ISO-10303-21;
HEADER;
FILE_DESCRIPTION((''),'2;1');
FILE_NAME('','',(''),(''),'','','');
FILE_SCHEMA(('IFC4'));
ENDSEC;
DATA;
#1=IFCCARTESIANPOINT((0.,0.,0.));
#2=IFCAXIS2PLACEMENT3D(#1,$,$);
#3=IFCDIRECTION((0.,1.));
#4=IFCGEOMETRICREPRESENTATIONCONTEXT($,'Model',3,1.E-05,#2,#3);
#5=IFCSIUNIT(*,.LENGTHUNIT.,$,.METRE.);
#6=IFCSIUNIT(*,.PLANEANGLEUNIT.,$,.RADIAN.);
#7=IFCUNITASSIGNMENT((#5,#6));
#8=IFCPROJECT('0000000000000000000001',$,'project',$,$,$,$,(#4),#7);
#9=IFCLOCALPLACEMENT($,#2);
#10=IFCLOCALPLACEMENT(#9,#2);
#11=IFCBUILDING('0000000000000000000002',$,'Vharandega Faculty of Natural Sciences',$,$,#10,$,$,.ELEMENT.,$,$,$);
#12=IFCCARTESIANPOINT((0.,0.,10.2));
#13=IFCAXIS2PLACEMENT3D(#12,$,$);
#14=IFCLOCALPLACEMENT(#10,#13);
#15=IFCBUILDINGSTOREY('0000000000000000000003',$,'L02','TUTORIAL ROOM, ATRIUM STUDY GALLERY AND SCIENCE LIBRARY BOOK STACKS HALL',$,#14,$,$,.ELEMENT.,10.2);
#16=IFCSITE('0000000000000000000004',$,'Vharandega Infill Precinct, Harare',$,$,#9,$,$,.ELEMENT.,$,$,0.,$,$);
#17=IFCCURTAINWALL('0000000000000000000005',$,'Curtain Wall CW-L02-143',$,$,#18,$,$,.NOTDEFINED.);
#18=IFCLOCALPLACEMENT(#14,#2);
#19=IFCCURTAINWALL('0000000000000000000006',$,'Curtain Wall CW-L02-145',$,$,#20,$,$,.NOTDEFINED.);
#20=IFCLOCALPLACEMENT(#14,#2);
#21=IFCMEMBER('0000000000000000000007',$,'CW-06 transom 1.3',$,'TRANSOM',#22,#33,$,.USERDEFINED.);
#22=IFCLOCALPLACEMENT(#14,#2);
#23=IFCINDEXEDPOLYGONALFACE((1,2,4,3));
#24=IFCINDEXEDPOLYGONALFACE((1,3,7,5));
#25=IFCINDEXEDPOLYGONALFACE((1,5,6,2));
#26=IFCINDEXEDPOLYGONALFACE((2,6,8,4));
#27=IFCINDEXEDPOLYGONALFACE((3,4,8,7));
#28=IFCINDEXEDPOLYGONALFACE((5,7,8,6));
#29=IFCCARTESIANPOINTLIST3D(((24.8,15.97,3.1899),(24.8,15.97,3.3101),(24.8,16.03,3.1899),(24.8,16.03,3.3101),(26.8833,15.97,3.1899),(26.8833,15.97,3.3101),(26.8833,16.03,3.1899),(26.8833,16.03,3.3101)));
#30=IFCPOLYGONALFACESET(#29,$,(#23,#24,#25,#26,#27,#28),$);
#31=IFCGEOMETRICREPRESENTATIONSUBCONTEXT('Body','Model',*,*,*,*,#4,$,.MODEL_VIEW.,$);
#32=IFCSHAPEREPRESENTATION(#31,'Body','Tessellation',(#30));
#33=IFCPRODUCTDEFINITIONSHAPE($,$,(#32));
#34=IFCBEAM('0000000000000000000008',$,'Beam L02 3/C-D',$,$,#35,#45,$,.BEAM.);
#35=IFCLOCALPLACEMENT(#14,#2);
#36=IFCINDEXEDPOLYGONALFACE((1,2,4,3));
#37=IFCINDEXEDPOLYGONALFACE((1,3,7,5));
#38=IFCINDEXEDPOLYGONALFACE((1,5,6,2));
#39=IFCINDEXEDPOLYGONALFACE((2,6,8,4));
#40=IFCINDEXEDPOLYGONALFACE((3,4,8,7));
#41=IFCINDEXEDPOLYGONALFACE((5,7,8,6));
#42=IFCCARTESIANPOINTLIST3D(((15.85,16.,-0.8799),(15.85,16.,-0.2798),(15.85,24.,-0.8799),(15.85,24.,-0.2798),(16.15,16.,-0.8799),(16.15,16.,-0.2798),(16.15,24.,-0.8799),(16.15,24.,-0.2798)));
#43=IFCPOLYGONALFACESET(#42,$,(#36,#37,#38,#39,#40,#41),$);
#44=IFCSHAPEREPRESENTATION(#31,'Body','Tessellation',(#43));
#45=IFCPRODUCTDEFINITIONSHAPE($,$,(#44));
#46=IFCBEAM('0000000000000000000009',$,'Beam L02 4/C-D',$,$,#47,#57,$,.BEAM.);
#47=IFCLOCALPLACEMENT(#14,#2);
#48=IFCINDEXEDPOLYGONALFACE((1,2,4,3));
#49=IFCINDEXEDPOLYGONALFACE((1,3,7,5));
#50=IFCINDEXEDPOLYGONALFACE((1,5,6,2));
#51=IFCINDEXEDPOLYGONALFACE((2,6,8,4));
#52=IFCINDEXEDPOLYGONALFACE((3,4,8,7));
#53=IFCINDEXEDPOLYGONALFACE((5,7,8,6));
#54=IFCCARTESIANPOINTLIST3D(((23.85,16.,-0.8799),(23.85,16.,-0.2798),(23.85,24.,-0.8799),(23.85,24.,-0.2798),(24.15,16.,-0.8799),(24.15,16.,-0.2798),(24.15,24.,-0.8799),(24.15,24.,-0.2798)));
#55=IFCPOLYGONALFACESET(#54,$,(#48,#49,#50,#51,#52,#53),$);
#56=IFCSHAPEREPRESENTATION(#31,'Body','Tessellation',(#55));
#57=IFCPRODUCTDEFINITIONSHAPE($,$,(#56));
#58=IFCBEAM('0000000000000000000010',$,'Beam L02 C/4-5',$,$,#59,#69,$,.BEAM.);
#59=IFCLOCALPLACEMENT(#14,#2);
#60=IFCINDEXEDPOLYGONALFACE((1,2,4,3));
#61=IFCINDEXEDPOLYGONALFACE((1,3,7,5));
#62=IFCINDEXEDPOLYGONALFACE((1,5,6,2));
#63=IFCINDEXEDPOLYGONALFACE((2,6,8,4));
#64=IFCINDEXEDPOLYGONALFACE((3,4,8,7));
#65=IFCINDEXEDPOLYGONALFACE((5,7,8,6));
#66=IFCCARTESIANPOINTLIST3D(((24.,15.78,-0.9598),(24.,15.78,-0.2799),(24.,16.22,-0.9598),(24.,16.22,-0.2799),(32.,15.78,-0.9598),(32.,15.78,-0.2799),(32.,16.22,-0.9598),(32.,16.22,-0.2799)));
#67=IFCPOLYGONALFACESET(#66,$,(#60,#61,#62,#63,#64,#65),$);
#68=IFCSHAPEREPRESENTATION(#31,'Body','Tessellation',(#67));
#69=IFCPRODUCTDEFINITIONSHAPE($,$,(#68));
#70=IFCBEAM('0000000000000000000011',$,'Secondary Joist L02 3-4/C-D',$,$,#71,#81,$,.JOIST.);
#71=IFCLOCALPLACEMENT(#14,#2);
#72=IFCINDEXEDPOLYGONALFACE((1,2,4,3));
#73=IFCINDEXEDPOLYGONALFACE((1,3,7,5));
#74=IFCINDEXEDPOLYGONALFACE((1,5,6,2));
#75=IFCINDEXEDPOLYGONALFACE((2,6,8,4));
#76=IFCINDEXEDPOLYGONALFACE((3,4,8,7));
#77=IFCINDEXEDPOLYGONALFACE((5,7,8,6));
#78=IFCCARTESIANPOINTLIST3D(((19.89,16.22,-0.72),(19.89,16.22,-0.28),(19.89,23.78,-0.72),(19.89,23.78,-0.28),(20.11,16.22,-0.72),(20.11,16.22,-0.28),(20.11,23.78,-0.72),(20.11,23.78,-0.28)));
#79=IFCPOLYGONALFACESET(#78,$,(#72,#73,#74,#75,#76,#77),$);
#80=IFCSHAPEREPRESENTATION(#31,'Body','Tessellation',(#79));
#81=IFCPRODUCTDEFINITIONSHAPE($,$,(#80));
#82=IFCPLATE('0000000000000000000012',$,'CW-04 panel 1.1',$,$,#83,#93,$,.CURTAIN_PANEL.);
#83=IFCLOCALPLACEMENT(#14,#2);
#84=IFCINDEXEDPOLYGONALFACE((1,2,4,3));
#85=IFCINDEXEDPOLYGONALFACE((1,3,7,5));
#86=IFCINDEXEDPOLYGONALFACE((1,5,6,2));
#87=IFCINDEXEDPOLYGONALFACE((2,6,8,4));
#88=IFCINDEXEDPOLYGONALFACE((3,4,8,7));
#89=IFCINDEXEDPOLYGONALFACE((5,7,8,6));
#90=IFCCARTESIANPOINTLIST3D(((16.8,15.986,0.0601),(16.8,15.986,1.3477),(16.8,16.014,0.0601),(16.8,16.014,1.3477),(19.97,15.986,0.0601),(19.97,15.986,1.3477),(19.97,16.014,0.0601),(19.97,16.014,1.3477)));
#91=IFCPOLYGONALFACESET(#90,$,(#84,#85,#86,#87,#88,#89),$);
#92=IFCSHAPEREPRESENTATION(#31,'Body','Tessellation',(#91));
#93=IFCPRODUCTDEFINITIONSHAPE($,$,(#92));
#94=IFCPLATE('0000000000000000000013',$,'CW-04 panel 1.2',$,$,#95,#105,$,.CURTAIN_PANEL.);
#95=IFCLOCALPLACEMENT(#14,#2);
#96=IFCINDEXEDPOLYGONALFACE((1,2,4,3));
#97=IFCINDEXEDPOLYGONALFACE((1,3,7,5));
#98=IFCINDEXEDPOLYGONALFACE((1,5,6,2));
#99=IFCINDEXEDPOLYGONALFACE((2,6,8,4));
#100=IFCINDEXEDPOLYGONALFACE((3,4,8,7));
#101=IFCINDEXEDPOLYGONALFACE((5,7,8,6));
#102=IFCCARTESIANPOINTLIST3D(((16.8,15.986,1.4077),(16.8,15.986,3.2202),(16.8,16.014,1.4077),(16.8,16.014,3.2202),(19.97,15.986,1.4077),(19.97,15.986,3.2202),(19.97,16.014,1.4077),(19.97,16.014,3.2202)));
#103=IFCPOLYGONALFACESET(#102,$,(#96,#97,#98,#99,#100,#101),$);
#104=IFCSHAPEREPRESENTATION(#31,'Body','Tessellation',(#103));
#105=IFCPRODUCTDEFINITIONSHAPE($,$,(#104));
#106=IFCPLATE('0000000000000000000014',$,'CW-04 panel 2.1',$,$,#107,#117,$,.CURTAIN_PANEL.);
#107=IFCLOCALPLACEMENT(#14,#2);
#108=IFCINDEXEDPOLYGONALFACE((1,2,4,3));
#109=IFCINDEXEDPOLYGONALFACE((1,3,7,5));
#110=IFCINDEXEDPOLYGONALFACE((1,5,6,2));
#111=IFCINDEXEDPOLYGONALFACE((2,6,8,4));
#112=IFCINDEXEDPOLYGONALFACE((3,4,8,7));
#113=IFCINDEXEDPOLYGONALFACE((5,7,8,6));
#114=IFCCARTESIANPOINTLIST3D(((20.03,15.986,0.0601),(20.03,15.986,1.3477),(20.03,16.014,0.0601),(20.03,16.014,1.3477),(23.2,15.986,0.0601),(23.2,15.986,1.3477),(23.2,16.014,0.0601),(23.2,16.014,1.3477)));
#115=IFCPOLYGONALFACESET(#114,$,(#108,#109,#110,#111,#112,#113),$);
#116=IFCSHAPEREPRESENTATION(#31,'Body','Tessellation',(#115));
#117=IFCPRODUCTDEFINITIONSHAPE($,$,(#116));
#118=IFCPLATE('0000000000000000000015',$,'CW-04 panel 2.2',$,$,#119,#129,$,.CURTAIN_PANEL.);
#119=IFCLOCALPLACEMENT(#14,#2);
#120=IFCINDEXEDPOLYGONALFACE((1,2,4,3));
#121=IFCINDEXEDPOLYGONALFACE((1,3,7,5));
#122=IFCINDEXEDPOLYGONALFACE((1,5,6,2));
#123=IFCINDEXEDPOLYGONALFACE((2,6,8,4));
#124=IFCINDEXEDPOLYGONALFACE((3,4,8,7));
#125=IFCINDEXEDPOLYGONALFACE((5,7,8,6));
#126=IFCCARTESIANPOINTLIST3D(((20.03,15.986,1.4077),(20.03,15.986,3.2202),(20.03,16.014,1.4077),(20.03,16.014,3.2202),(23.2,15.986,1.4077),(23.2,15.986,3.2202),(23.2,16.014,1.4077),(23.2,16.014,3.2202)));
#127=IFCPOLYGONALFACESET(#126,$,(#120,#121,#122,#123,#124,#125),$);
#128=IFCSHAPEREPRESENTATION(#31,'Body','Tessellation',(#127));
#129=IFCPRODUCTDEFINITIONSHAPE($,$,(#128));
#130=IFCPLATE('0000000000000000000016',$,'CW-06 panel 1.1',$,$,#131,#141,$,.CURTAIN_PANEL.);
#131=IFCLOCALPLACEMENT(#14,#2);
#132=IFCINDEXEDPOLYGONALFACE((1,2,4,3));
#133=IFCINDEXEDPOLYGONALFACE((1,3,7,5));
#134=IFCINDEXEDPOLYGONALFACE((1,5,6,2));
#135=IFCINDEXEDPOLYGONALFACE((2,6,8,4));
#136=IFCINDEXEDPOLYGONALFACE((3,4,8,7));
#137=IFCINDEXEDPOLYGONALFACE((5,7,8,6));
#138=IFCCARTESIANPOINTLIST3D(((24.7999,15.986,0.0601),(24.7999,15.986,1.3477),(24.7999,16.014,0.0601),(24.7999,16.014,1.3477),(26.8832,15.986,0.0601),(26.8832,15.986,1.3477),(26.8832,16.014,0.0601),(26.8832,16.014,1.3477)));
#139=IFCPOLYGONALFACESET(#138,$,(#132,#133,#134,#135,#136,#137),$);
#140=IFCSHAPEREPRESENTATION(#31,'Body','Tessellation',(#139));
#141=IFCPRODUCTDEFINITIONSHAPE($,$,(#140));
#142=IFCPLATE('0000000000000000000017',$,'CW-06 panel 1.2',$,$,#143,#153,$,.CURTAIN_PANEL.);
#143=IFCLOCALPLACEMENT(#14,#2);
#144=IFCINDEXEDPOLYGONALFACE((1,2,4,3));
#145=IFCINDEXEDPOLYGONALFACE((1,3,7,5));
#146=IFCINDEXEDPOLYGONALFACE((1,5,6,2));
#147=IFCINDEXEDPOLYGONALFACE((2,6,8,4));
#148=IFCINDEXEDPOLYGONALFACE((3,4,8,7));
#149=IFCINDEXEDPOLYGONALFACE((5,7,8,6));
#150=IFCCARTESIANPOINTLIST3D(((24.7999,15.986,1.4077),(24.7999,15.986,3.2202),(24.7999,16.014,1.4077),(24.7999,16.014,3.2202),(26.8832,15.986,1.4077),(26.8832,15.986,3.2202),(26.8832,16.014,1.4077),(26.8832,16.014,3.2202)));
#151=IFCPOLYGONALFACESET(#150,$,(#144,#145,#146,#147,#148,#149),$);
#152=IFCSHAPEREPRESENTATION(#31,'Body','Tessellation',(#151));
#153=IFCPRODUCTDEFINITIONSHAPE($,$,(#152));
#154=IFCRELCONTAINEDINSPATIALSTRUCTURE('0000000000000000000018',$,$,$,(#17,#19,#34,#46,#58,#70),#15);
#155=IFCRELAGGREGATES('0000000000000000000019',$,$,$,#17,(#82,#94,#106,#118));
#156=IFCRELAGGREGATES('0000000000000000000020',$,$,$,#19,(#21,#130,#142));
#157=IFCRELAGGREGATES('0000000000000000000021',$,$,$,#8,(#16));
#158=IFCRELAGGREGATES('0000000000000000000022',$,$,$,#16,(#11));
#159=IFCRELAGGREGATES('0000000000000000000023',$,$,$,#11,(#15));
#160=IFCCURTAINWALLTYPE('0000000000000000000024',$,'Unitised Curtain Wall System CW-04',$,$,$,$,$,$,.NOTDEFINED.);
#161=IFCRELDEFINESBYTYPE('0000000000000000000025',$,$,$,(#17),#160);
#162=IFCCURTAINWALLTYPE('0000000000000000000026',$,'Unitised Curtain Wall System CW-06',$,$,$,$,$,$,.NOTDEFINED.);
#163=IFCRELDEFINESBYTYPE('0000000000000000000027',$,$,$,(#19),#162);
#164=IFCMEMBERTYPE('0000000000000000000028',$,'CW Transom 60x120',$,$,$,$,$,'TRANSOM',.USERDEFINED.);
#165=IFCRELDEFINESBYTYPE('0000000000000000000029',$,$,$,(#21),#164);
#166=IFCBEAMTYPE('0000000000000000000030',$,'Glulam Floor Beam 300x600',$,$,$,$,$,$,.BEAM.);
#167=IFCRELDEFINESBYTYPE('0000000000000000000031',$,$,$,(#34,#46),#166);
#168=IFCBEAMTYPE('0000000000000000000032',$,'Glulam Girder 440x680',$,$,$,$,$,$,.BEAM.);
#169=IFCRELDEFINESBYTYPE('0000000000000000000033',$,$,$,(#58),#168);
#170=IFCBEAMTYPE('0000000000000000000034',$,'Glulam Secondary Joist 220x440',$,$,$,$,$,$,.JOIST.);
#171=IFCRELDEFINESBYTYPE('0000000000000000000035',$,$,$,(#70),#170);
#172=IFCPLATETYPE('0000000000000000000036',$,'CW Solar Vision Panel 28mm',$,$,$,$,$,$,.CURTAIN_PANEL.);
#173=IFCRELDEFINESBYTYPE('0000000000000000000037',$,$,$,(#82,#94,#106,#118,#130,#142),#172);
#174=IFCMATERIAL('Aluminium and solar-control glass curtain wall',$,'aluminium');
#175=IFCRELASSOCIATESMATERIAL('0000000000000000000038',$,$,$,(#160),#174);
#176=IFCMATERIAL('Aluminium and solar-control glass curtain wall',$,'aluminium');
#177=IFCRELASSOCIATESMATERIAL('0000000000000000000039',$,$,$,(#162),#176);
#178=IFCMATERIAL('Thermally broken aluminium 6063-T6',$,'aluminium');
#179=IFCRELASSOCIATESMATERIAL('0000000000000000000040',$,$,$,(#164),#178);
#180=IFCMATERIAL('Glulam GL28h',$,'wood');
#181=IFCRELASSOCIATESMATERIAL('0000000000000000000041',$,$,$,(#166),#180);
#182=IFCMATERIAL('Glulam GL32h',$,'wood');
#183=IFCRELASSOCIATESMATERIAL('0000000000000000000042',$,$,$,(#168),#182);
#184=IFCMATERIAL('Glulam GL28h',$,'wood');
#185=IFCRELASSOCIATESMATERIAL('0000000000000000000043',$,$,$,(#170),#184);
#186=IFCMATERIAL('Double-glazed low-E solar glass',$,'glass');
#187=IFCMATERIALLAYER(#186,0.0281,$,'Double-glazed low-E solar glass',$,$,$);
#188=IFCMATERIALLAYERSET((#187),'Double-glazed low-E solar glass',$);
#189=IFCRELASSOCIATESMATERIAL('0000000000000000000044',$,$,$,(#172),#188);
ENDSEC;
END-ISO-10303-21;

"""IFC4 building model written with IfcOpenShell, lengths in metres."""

from ifc_helpers import new_model, si_unit, direction, frame, origin, origin_2d, place, context, subcontext, project, spatial, rectangle, extrude, material, layer, layer_set, material_profile, profile_set, type_object, element, aggregate, save


model = new_model("IFC4")

# Units and contexts
model_context = context("Model", 3, precision=1e-05, world=origin(), true_north=direction((0.0, 1.0)))
body_context = subcontext(model_context, "Body", "Model", "MODEL_VIEW")
ifc_project = project(units=[si_unit("LENGTHUNIT", "METRE"), si_unit("PLANEANGLEUNIT", "RADIAN")], contexts=[model_context])

# Site, building, storey
site_placement = place(None, origin())
site = spatial("IfcSite", under=ifc_project, at=site_placement, Name="Vharandega Infill Precinct, Harare", CompositionType="ELEMENT", RefElevation=0.0)
building_placement = place(site_placement, origin())
building = spatial("IfcBuilding", under=site, at=building_placement, Name="Vharandega Faculty of Natural Sciences", CompositionType="ELEMENT")
storey_placement = place(building_placement, frame((0.0, 0.0, 10.2)))
storey = spatial("IfcBuildingStorey", under=building, at=storey_placement, Name="L02", Description="TUTORIAL ROOM, ATRIUM STUDY GALLERY AND SCIENCE LIBRARY BOOK STACKS HALL", CompositionType="ELEMENT", Elevation=10.2)

# Curtain walls
ifc_material_1 = material(Name="Aluminium and solar-control glass curtain wall", Category="aluminium")
curtain_wall_type_1 = type_object("IfcCurtainWallType", Name="Unitised Curtain Wall System CW-04", PredefinedType="NOTDEFINED", material=ifc_material_1)
curtain_wall_1_placement = place(storey_placement, origin())
curtain_wall_1 = element("IfcCurtainWall", 1, at=curtain_wall_1_placement, inside=storey, type_object=curtain_wall_type_1, Name="Curtain Wall CW-L02-143", PredefinedType="NOTDEFINED")
ifc_material_2 = material(Name="Aluminium and solar-control glass curtain wall", Category="aluminium")
curtain_wall_type_2 = type_object("IfcCurtainWallType", Name="Unitised Curtain Wall System CW-06", PredefinedType="NOTDEFINED", material=ifc_material_2)
curtain_wall_2_placement = place(storey_placement, origin())
curtain_wall_2 = element("IfcCurtainWall", 2, at=curtain_wall_2_placement, inside=storey, type_object=curtain_wall_type_2, Name="Curtain Wall CW-L02-145", PredefinedType="NOTDEFINED")

# Member
ifc_material_3 = material(Name="Thermally broken aluminium 6063-T6", Category="aluminium")
ifc_material_profile_1 = material_profile(ifc_material_3, rectangle(XDim=0.0601, YDim=0.1201, at=origin_2d()), Name="ALU 60x120")
ifc_profile_set_1 = profile_set([ifc_material_profile_1], Name="Thermally broken aluminium 6063-T6")
member_type_1 = type_object("IfcMemberType", Name="CW Transom 60x120", ElementType="TRANSOM", PredefinedType="USERDEFINED", material=ifc_profile_set_1)
member_1_placement = place(storey_placement, frame((24.8, 16.0, 3.25), z_axis=(1.0, 0.0, 0.0), x_axis=(0.0, 1.0, 0.0)))
member_1 = element("IfcMember", 3, at=member_1_placement, type_object=member_type_1, Name="CW-06 transom 1.3", ObjectType="TRANSOM", PredefinedType="USERDEFINED", context=body_context, shape_type="SweptSolid", body=[
    extrude(rectangle(XDim=0.0601, YDim=0.1201, at=origin_2d()), origin(), (0.0, 0.0, 1.0), 2.0833),
])

# Beams
ifc_material_4 = material(Name="Glulam GL28h", Category="wood")
ifc_material_profile_2 = material_profile(ifc_material_4, rectangle(XDim=0.3, YDim=0.6001, at=origin_2d()), Name="GL28h 300x600")
ifc_profile_set_2 = profile_set([ifc_material_profile_2], Name="Glulam GL28h")
beam_type_1 = type_object("IfcBeamType", Name="Glulam Floor Beam 300x600", PredefinedType="BEAM", material=ifc_profile_set_2)
for number, where, z_axis, x_axis, name in (
    (4, (16.0, 16.0, -0.5798), (0.0, 1.0, 0.0), (-1.0, 0.0, 0.0), "Beam L02 3/C-D"),
    (5, (24.0, 16.0, -0.5798), (0.0, 1.0, 0.0), (-1.0, 0.0, 0.0), "Beam L02 4/C-D"),
):
    element("IfcBeam", number, at=place(storey_placement, frame(where, z_axis=z_axis, x_axis=x_axis)), inside=storey, type_object=beam_type_1, Name=name, PredefinedType="BEAM", context=body_context, shape_type="SweptSolid", body=[
        extrude(rectangle(XDim=0.3, YDim=0.6001, at=origin_2d()), origin(), (0.0, 0.0, 1.0), 8.0),
    ])
ifc_material_5 = material(Name="Glulam GL32h", Category="wood")
ifc_material_profile_3 = material_profile(ifc_material_5, rectangle(XDim=0.4399, YDim=0.6799, at=origin_2d()), Name="GL32h 440x680")
ifc_profile_set_3 = profile_set([ifc_material_profile_3], Name="Glulam GL32h")
beam_type_2 = type_object("IfcBeamType", Name="Glulam Girder 440x680", PredefinedType="BEAM", material=ifc_profile_set_3)
beam_1_placement = place(storey_placement, frame((24.0, 16.0, -0.6199), z_axis=(1.0, 0.0, 0.0), x_axis=(0.0, 1.0, 0.0)))
element("IfcBeam", 6, at=beam_1_placement, inside=storey, type_object=beam_type_2, Name="Beam L02 C/4-5", PredefinedType="BEAM", context=body_context, shape_type="SweptSolid", body=[
    extrude(rectangle(XDim=0.4399, YDim=0.6799, at=origin_2d()), origin(), (0.0, 0.0, 1.0), 8.0),
])
ifc_material_6 = material(Name="Glulam GL28h", Category="wood")
ifc_material_profile_4 = material_profile(ifc_material_6, rectangle(XDim=0.22, YDim=0.4399, at=origin_2d()), Name="GL28h 220x440")
ifc_profile_set_4 = profile_set([ifc_material_profile_4], Name="Glulam GL28h")
beam_type_3 = type_object("IfcBeamType", Name="Glulam Secondary Joist 220x440", PredefinedType="JOIST", material=ifc_profile_set_4)
beam_2_placement = place(storey_placement, frame((20.0, 16.22, -0.5), z_axis=(0.0, 1.0, 0.0), x_axis=(-1.0, 0.0, 0.0)))
element("IfcBeam", 7, at=beam_2_placement, inside=storey, type_object=beam_type_3, Name="Secondary Joist L02 3-4/C-D", PredefinedType="JOIST", context=body_context, shape_type="SweptSolid", body=[
    extrude(rectangle(XDim=0.22, YDim=0.4399, at=origin_2d()), origin(), (0.0, 0.0, 1.0), 7.5601),
])

# Plates
ifc_material_7 = material(Name="Double-glazed low-E solar glass", Category="glass")
ifc_layer = layer(ifc_material_7, 0.0281, Name="Double-glazed low-E solar glass")
ifc_layer_set = layer_set([ifc_layer], Name="Double-glazed low-E solar glass")
plate_type = type_object("IfcPlateType", Name="CW Solar Vision Panel 28mm", PredefinedType="CURTAIN_PANEL", material=ifc_layer_set)
plate_1_placement = place(storey_placement, frame((18.385, 16.0, 0.0601), z_axis=(0.0, 0.0, 1.0), x_axis=(1.0, 0.0, 0.0)))
plate_1 = element("IfcPlate", 8, at=plate_1_placement, type_object=plate_type, Name="CW-04 panel 1.1", PredefinedType="CURTAIN_PANEL", context=body_context, shape_type="SweptSolid", body=[
    extrude(rectangle(XDim=3.1699, YDim=0.0281, at=origin_2d()), origin(), (0.0, 0.0, 1.0), 1.2876),
])
plate_2_placement = place(storey_placement, frame((18.385, 16.0, 1.4077), z_axis=(0.0, 0.0, 1.0), x_axis=(1.0, 0.0, 0.0)))
plate_2 = element("IfcPlate", 9, at=plate_2_placement, type_object=plate_type, Name="CW-04 panel 1.2", PredefinedType="CURTAIN_PANEL", context=body_context, shape_type="SweptSolid", body=[
    extrude(rectangle(XDim=3.1699, YDim=0.0281, at=origin_2d()), origin(), (0.0, 0.0, 1.0), 1.8125),
])
plate_3_placement = place(storey_placement, frame((21.615, 16.0, 0.0601), z_axis=(0.0, 0.0, 1.0), x_axis=(1.0, 0.0, 0.0)))
plate_3 = element("IfcPlate", 10, at=plate_3_placement, type_object=plate_type, Name="CW-04 panel 2.1", PredefinedType="CURTAIN_PANEL", context=body_context, shape_type="SweptSolid", body=[
    extrude(rectangle(XDim=3.1699, YDim=0.0281, at=origin_2d()), origin(), (0.0, 0.0, 1.0), 1.2876),
])
plate_4_placement = place(storey_placement, frame((21.615, 16.0, 1.4077), z_axis=(0.0, 0.0, 1.0), x_axis=(1.0, 0.0, 0.0)))
plate_4 = element("IfcPlate", 11, at=plate_4_placement, type_object=plate_type, Name="CW-04 panel 2.2", PredefinedType="CURTAIN_PANEL", context=body_context, shape_type="SweptSolid", body=[
    extrude(rectangle(XDim=3.1699, YDim=0.0281, at=origin_2d()), origin(), (0.0, 0.0, 1.0), 1.8125),
])
aggregate(curtain_wall_1, [plate_1, plate_2, plate_3, plate_4])
plate_5_placement = place(storey_placement, frame((25.8416, 16.0, 0.0601), z_axis=(0.0, 0.0, 1.0), x_axis=(1.0, 0.0, 0.0)))
plate_5 = element("IfcPlate", 12, at=plate_5_placement, type_object=plate_type, Name="CW-06 panel 1.1", PredefinedType="CURTAIN_PANEL", context=body_context, shape_type="SweptSolid", body=[
    extrude(rectangle(XDim=2.0833, YDim=0.0281, at=origin_2d()), origin(), (0.0, 0.0, 1.0), 1.2876),
])
plate_6_placement = place(storey_placement, frame((25.8416, 16.0, 1.4077), z_axis=(0.0, 0.0, 1.0), x_axis=(1.0, 0.0, 0.0)))
plate_6 = element("IfcPlate", 13, at=plate_6_placement, type_object=plate_type, Name="CW-06 panel 1.2", PredefinedType="CURTAIN_PANEL", context=body_context, shape_type="SweptSolid", body=[
    extrude(rectangle(XDim=2.0833, YDim=0.0281, at=origin_2d()), origin(), (0.0, 0.0, 1.0), 1.8125),
])
aggregate(curtain_wall_2, [member_1, plate_5, plate_6])

save(model, "model.ifc")
